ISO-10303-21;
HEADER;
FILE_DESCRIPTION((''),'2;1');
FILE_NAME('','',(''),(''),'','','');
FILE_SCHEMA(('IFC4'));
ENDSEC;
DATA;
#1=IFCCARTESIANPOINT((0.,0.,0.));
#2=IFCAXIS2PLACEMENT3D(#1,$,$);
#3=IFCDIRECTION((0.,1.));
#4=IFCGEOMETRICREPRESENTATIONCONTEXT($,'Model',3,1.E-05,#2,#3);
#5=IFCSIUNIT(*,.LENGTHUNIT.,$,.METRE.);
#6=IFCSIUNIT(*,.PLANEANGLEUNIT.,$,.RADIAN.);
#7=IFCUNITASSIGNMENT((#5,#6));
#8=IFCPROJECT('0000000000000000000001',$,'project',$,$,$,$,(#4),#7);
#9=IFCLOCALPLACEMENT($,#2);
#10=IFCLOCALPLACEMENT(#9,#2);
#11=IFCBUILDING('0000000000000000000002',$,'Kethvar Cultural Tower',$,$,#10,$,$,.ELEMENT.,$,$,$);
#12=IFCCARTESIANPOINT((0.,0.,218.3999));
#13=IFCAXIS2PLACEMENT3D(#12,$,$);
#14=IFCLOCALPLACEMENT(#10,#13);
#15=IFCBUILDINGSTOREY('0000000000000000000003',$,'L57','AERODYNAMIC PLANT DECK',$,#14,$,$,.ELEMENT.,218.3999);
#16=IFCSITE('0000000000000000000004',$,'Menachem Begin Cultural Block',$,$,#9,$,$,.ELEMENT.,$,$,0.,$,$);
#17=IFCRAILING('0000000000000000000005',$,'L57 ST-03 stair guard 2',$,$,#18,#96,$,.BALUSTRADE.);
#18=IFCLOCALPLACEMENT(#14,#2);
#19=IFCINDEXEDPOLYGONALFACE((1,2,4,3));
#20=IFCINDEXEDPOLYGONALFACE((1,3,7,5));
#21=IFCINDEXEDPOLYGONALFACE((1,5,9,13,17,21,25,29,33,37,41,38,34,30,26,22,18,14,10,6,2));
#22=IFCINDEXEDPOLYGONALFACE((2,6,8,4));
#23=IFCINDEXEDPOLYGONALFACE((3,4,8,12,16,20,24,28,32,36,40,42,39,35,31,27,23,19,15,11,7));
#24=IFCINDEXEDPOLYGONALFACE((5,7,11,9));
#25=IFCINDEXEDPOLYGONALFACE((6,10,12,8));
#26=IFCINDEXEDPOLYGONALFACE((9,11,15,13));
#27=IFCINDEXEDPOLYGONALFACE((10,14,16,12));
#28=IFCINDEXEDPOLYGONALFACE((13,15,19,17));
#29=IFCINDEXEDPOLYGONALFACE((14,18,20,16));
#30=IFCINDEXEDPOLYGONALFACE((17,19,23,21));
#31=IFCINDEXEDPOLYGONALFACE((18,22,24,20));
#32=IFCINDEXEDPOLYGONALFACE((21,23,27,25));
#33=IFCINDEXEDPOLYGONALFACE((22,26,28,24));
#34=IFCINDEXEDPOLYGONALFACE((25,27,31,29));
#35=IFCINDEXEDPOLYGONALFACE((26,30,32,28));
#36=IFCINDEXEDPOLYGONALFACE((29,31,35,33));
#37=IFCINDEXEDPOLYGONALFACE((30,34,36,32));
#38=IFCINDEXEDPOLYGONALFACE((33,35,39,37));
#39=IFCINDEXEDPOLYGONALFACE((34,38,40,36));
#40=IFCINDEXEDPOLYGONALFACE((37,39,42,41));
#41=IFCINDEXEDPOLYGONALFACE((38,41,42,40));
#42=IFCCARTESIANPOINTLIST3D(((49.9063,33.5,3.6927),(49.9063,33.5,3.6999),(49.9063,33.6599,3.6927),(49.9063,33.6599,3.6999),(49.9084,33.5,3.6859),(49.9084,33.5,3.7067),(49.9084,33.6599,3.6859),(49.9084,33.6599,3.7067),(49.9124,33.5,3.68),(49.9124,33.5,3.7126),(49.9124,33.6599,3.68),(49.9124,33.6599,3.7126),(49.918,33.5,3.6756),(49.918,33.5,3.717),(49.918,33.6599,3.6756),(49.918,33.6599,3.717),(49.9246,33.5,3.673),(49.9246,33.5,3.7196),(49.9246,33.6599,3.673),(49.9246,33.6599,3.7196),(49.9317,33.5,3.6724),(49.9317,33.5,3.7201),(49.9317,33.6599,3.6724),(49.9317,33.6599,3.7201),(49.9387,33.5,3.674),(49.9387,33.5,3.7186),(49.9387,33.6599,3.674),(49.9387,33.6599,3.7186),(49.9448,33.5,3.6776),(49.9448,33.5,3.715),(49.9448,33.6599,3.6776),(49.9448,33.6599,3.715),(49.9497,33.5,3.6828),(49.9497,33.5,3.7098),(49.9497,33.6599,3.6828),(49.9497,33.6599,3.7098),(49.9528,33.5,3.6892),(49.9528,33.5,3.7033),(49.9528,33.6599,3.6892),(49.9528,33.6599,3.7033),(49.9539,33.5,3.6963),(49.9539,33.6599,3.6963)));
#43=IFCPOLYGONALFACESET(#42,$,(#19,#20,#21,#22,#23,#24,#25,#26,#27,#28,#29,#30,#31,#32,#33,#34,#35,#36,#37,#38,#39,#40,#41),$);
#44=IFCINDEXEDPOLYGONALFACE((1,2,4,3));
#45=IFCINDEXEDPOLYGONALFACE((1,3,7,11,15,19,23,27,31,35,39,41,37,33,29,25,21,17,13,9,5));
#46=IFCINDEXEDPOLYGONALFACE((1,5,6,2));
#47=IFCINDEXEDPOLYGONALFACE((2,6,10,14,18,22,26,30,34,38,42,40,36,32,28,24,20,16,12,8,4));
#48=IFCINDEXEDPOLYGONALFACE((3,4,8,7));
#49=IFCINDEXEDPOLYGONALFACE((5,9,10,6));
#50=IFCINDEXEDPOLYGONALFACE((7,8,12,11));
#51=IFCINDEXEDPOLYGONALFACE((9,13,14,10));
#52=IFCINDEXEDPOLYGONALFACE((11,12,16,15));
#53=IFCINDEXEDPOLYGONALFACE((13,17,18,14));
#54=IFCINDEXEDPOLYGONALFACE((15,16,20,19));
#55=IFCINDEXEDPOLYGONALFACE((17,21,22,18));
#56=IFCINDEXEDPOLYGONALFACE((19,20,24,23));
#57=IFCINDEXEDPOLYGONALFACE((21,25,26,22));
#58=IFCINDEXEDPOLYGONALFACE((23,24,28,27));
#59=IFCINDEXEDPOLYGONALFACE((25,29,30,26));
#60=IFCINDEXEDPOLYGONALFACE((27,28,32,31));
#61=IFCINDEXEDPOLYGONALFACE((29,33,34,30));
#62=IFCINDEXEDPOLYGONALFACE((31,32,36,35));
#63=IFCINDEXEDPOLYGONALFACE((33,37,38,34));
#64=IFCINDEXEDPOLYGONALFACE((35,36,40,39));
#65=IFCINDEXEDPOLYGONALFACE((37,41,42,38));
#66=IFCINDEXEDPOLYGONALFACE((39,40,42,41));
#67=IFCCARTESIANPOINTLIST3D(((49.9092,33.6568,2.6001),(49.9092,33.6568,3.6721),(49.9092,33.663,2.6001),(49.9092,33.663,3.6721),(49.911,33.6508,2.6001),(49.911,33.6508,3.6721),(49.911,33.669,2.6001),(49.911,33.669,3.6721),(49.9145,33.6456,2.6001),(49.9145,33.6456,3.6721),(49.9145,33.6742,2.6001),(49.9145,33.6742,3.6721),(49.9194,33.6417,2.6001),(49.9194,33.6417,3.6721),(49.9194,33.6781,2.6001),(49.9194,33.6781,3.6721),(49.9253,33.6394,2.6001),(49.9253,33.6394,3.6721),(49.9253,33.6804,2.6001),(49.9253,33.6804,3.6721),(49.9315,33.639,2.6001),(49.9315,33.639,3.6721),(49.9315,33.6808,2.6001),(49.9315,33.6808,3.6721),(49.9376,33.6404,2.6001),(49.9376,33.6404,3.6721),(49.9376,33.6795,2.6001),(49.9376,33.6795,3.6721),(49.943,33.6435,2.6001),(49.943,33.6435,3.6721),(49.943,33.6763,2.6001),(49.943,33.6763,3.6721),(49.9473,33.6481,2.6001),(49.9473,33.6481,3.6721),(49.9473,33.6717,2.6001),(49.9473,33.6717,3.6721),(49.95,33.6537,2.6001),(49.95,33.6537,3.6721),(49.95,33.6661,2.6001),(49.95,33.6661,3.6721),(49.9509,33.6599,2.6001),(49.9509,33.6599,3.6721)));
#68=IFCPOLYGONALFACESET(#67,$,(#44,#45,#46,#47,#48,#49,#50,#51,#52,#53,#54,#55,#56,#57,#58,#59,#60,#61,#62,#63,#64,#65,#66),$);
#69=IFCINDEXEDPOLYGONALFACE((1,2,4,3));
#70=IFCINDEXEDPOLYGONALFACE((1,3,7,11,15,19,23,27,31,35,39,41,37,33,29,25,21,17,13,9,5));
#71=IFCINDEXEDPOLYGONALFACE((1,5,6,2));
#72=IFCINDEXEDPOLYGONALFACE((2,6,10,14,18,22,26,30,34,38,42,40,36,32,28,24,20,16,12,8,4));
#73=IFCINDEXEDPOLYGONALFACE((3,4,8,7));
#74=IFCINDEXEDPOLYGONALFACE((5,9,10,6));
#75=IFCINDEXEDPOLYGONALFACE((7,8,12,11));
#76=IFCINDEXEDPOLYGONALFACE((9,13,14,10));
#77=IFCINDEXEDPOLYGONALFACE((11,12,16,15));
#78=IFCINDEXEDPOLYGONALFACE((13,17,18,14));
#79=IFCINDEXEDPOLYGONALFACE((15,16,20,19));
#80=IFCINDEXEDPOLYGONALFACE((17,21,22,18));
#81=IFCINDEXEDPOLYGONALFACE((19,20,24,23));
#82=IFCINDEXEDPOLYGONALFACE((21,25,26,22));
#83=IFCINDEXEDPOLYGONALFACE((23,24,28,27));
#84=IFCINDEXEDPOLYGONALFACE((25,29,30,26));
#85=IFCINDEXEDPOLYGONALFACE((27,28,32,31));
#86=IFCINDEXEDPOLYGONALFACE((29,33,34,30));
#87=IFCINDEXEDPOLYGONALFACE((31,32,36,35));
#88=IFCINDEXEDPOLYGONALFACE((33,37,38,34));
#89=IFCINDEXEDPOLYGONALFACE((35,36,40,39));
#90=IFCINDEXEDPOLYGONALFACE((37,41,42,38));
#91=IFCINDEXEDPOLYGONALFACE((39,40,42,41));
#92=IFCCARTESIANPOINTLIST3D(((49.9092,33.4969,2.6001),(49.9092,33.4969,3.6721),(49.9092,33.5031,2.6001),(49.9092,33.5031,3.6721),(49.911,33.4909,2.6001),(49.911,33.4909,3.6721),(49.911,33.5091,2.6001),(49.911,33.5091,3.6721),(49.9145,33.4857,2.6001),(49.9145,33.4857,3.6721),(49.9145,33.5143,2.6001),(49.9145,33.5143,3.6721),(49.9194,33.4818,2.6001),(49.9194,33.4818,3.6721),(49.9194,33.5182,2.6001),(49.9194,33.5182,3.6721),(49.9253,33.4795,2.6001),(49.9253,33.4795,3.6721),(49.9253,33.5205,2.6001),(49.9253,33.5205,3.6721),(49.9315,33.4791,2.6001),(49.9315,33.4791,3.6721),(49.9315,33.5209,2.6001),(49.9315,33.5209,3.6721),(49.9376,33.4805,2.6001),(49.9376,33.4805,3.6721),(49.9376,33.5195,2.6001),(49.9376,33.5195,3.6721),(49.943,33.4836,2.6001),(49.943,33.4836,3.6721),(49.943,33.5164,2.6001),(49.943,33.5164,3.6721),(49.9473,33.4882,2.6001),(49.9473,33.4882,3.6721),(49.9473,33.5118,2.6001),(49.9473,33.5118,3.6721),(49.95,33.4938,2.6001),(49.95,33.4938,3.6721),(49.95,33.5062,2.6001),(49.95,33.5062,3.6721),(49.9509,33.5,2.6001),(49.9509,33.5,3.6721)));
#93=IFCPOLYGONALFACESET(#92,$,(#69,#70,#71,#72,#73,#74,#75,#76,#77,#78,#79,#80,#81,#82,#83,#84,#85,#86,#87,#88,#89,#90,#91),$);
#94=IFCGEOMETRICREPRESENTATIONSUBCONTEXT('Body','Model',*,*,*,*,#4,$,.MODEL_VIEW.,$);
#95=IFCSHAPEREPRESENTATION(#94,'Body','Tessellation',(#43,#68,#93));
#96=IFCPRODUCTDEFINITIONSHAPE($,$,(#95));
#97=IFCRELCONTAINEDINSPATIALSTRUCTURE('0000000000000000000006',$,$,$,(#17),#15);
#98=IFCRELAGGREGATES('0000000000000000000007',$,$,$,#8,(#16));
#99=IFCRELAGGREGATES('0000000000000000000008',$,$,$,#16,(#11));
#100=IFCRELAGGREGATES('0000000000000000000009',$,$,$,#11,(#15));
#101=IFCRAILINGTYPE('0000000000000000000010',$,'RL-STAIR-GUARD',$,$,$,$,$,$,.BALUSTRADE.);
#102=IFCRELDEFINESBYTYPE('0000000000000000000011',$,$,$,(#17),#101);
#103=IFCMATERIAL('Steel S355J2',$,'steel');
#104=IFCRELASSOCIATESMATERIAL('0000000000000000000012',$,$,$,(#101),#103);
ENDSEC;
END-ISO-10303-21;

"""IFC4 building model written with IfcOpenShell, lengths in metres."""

from ifc_helpers import new_model, si_unit, direction, frame, origin, origin_2d, place, context, subcontext, project, spatial, circle, extrude, material, type_object, element, save


model = new_model("IFC4")

# Units and contexts
model_context = context("Model", 3, precision=1e-05, world=origin(), true_north=direction((0.0, 1.0)))
body_context = subcontext(model_context, "Body", "Model", "MODEL_VIEW")
ifc_project = project(units=[si_unit("LENGTHUNIT", "METRE"), si_unit("PLANEANGLEUNIT", "RADIAN")], contexts=[model_context])

# Site, building, storey
site_placement = place(None, origin())
site = spatial("IfcSite", under=ifc_project, at=site_placement, Name="Menachem Begin Cultural Block", CompositionType="ELEMENT", RefElevation=0.0)
building_placement = place(site_placement, origin())
building = spatial("IfcBuilding", under=site, at=building_placement, Name="Kethvar Cultural Tower", CompositionType="ELEMENT")
storey_placement = place(building_placement, frame((0.0, 0.0, 218.3999)))
storey = spatial("IfcBuildingStorey", under=building, at=storey_placement, Name="L57", Description="AERODYNAMIC PLANT DECK", CompositionType="ELEMENT", Elevation=218.3999)

# Shared definitions
ifc_material_1 = material(Name="Steel S355J2", Category="steel")

# Railing
railing_type_1 = type_object("IfcRailingType", Name="RL-STAIR-GUARD", PredefinedType="BALUSTRADE", material=ifc_material_1)
railing_1_placement = place(storey_placement, frame((49.9299, 33.6599, 2.6001)))
element("IfcRailing", 1, at=railing_1_placement, inside=storey, type_object=railing_type_1, Name="L57 ST-03 stair guard 2", PredefinedType="BALUSTRADE", context=body_context, shape_type="SweptSolid", body=[
    extrude(circle(Radius=0.0239, at=origin_2d()), frame((0.0, 0.0, 1.0962), z_axis=(0.0, -1.0, 0.0), x_axis=(1.0, 0.0, 0.0)), (0.0, 0.0, 1.0), 0.1599),
    extrude(circle(Radius=0.021, at=origin_2d()), origin(), (0.0, 0.0, 1.0), 1.072),
    extrude(circle(Radius=0.021, at=origin_2d()), frame((0.0, -0.1599, 0.0)), (0.0, 0.0, 1.0), 1.072),
])

save(model, "model.ifc")
